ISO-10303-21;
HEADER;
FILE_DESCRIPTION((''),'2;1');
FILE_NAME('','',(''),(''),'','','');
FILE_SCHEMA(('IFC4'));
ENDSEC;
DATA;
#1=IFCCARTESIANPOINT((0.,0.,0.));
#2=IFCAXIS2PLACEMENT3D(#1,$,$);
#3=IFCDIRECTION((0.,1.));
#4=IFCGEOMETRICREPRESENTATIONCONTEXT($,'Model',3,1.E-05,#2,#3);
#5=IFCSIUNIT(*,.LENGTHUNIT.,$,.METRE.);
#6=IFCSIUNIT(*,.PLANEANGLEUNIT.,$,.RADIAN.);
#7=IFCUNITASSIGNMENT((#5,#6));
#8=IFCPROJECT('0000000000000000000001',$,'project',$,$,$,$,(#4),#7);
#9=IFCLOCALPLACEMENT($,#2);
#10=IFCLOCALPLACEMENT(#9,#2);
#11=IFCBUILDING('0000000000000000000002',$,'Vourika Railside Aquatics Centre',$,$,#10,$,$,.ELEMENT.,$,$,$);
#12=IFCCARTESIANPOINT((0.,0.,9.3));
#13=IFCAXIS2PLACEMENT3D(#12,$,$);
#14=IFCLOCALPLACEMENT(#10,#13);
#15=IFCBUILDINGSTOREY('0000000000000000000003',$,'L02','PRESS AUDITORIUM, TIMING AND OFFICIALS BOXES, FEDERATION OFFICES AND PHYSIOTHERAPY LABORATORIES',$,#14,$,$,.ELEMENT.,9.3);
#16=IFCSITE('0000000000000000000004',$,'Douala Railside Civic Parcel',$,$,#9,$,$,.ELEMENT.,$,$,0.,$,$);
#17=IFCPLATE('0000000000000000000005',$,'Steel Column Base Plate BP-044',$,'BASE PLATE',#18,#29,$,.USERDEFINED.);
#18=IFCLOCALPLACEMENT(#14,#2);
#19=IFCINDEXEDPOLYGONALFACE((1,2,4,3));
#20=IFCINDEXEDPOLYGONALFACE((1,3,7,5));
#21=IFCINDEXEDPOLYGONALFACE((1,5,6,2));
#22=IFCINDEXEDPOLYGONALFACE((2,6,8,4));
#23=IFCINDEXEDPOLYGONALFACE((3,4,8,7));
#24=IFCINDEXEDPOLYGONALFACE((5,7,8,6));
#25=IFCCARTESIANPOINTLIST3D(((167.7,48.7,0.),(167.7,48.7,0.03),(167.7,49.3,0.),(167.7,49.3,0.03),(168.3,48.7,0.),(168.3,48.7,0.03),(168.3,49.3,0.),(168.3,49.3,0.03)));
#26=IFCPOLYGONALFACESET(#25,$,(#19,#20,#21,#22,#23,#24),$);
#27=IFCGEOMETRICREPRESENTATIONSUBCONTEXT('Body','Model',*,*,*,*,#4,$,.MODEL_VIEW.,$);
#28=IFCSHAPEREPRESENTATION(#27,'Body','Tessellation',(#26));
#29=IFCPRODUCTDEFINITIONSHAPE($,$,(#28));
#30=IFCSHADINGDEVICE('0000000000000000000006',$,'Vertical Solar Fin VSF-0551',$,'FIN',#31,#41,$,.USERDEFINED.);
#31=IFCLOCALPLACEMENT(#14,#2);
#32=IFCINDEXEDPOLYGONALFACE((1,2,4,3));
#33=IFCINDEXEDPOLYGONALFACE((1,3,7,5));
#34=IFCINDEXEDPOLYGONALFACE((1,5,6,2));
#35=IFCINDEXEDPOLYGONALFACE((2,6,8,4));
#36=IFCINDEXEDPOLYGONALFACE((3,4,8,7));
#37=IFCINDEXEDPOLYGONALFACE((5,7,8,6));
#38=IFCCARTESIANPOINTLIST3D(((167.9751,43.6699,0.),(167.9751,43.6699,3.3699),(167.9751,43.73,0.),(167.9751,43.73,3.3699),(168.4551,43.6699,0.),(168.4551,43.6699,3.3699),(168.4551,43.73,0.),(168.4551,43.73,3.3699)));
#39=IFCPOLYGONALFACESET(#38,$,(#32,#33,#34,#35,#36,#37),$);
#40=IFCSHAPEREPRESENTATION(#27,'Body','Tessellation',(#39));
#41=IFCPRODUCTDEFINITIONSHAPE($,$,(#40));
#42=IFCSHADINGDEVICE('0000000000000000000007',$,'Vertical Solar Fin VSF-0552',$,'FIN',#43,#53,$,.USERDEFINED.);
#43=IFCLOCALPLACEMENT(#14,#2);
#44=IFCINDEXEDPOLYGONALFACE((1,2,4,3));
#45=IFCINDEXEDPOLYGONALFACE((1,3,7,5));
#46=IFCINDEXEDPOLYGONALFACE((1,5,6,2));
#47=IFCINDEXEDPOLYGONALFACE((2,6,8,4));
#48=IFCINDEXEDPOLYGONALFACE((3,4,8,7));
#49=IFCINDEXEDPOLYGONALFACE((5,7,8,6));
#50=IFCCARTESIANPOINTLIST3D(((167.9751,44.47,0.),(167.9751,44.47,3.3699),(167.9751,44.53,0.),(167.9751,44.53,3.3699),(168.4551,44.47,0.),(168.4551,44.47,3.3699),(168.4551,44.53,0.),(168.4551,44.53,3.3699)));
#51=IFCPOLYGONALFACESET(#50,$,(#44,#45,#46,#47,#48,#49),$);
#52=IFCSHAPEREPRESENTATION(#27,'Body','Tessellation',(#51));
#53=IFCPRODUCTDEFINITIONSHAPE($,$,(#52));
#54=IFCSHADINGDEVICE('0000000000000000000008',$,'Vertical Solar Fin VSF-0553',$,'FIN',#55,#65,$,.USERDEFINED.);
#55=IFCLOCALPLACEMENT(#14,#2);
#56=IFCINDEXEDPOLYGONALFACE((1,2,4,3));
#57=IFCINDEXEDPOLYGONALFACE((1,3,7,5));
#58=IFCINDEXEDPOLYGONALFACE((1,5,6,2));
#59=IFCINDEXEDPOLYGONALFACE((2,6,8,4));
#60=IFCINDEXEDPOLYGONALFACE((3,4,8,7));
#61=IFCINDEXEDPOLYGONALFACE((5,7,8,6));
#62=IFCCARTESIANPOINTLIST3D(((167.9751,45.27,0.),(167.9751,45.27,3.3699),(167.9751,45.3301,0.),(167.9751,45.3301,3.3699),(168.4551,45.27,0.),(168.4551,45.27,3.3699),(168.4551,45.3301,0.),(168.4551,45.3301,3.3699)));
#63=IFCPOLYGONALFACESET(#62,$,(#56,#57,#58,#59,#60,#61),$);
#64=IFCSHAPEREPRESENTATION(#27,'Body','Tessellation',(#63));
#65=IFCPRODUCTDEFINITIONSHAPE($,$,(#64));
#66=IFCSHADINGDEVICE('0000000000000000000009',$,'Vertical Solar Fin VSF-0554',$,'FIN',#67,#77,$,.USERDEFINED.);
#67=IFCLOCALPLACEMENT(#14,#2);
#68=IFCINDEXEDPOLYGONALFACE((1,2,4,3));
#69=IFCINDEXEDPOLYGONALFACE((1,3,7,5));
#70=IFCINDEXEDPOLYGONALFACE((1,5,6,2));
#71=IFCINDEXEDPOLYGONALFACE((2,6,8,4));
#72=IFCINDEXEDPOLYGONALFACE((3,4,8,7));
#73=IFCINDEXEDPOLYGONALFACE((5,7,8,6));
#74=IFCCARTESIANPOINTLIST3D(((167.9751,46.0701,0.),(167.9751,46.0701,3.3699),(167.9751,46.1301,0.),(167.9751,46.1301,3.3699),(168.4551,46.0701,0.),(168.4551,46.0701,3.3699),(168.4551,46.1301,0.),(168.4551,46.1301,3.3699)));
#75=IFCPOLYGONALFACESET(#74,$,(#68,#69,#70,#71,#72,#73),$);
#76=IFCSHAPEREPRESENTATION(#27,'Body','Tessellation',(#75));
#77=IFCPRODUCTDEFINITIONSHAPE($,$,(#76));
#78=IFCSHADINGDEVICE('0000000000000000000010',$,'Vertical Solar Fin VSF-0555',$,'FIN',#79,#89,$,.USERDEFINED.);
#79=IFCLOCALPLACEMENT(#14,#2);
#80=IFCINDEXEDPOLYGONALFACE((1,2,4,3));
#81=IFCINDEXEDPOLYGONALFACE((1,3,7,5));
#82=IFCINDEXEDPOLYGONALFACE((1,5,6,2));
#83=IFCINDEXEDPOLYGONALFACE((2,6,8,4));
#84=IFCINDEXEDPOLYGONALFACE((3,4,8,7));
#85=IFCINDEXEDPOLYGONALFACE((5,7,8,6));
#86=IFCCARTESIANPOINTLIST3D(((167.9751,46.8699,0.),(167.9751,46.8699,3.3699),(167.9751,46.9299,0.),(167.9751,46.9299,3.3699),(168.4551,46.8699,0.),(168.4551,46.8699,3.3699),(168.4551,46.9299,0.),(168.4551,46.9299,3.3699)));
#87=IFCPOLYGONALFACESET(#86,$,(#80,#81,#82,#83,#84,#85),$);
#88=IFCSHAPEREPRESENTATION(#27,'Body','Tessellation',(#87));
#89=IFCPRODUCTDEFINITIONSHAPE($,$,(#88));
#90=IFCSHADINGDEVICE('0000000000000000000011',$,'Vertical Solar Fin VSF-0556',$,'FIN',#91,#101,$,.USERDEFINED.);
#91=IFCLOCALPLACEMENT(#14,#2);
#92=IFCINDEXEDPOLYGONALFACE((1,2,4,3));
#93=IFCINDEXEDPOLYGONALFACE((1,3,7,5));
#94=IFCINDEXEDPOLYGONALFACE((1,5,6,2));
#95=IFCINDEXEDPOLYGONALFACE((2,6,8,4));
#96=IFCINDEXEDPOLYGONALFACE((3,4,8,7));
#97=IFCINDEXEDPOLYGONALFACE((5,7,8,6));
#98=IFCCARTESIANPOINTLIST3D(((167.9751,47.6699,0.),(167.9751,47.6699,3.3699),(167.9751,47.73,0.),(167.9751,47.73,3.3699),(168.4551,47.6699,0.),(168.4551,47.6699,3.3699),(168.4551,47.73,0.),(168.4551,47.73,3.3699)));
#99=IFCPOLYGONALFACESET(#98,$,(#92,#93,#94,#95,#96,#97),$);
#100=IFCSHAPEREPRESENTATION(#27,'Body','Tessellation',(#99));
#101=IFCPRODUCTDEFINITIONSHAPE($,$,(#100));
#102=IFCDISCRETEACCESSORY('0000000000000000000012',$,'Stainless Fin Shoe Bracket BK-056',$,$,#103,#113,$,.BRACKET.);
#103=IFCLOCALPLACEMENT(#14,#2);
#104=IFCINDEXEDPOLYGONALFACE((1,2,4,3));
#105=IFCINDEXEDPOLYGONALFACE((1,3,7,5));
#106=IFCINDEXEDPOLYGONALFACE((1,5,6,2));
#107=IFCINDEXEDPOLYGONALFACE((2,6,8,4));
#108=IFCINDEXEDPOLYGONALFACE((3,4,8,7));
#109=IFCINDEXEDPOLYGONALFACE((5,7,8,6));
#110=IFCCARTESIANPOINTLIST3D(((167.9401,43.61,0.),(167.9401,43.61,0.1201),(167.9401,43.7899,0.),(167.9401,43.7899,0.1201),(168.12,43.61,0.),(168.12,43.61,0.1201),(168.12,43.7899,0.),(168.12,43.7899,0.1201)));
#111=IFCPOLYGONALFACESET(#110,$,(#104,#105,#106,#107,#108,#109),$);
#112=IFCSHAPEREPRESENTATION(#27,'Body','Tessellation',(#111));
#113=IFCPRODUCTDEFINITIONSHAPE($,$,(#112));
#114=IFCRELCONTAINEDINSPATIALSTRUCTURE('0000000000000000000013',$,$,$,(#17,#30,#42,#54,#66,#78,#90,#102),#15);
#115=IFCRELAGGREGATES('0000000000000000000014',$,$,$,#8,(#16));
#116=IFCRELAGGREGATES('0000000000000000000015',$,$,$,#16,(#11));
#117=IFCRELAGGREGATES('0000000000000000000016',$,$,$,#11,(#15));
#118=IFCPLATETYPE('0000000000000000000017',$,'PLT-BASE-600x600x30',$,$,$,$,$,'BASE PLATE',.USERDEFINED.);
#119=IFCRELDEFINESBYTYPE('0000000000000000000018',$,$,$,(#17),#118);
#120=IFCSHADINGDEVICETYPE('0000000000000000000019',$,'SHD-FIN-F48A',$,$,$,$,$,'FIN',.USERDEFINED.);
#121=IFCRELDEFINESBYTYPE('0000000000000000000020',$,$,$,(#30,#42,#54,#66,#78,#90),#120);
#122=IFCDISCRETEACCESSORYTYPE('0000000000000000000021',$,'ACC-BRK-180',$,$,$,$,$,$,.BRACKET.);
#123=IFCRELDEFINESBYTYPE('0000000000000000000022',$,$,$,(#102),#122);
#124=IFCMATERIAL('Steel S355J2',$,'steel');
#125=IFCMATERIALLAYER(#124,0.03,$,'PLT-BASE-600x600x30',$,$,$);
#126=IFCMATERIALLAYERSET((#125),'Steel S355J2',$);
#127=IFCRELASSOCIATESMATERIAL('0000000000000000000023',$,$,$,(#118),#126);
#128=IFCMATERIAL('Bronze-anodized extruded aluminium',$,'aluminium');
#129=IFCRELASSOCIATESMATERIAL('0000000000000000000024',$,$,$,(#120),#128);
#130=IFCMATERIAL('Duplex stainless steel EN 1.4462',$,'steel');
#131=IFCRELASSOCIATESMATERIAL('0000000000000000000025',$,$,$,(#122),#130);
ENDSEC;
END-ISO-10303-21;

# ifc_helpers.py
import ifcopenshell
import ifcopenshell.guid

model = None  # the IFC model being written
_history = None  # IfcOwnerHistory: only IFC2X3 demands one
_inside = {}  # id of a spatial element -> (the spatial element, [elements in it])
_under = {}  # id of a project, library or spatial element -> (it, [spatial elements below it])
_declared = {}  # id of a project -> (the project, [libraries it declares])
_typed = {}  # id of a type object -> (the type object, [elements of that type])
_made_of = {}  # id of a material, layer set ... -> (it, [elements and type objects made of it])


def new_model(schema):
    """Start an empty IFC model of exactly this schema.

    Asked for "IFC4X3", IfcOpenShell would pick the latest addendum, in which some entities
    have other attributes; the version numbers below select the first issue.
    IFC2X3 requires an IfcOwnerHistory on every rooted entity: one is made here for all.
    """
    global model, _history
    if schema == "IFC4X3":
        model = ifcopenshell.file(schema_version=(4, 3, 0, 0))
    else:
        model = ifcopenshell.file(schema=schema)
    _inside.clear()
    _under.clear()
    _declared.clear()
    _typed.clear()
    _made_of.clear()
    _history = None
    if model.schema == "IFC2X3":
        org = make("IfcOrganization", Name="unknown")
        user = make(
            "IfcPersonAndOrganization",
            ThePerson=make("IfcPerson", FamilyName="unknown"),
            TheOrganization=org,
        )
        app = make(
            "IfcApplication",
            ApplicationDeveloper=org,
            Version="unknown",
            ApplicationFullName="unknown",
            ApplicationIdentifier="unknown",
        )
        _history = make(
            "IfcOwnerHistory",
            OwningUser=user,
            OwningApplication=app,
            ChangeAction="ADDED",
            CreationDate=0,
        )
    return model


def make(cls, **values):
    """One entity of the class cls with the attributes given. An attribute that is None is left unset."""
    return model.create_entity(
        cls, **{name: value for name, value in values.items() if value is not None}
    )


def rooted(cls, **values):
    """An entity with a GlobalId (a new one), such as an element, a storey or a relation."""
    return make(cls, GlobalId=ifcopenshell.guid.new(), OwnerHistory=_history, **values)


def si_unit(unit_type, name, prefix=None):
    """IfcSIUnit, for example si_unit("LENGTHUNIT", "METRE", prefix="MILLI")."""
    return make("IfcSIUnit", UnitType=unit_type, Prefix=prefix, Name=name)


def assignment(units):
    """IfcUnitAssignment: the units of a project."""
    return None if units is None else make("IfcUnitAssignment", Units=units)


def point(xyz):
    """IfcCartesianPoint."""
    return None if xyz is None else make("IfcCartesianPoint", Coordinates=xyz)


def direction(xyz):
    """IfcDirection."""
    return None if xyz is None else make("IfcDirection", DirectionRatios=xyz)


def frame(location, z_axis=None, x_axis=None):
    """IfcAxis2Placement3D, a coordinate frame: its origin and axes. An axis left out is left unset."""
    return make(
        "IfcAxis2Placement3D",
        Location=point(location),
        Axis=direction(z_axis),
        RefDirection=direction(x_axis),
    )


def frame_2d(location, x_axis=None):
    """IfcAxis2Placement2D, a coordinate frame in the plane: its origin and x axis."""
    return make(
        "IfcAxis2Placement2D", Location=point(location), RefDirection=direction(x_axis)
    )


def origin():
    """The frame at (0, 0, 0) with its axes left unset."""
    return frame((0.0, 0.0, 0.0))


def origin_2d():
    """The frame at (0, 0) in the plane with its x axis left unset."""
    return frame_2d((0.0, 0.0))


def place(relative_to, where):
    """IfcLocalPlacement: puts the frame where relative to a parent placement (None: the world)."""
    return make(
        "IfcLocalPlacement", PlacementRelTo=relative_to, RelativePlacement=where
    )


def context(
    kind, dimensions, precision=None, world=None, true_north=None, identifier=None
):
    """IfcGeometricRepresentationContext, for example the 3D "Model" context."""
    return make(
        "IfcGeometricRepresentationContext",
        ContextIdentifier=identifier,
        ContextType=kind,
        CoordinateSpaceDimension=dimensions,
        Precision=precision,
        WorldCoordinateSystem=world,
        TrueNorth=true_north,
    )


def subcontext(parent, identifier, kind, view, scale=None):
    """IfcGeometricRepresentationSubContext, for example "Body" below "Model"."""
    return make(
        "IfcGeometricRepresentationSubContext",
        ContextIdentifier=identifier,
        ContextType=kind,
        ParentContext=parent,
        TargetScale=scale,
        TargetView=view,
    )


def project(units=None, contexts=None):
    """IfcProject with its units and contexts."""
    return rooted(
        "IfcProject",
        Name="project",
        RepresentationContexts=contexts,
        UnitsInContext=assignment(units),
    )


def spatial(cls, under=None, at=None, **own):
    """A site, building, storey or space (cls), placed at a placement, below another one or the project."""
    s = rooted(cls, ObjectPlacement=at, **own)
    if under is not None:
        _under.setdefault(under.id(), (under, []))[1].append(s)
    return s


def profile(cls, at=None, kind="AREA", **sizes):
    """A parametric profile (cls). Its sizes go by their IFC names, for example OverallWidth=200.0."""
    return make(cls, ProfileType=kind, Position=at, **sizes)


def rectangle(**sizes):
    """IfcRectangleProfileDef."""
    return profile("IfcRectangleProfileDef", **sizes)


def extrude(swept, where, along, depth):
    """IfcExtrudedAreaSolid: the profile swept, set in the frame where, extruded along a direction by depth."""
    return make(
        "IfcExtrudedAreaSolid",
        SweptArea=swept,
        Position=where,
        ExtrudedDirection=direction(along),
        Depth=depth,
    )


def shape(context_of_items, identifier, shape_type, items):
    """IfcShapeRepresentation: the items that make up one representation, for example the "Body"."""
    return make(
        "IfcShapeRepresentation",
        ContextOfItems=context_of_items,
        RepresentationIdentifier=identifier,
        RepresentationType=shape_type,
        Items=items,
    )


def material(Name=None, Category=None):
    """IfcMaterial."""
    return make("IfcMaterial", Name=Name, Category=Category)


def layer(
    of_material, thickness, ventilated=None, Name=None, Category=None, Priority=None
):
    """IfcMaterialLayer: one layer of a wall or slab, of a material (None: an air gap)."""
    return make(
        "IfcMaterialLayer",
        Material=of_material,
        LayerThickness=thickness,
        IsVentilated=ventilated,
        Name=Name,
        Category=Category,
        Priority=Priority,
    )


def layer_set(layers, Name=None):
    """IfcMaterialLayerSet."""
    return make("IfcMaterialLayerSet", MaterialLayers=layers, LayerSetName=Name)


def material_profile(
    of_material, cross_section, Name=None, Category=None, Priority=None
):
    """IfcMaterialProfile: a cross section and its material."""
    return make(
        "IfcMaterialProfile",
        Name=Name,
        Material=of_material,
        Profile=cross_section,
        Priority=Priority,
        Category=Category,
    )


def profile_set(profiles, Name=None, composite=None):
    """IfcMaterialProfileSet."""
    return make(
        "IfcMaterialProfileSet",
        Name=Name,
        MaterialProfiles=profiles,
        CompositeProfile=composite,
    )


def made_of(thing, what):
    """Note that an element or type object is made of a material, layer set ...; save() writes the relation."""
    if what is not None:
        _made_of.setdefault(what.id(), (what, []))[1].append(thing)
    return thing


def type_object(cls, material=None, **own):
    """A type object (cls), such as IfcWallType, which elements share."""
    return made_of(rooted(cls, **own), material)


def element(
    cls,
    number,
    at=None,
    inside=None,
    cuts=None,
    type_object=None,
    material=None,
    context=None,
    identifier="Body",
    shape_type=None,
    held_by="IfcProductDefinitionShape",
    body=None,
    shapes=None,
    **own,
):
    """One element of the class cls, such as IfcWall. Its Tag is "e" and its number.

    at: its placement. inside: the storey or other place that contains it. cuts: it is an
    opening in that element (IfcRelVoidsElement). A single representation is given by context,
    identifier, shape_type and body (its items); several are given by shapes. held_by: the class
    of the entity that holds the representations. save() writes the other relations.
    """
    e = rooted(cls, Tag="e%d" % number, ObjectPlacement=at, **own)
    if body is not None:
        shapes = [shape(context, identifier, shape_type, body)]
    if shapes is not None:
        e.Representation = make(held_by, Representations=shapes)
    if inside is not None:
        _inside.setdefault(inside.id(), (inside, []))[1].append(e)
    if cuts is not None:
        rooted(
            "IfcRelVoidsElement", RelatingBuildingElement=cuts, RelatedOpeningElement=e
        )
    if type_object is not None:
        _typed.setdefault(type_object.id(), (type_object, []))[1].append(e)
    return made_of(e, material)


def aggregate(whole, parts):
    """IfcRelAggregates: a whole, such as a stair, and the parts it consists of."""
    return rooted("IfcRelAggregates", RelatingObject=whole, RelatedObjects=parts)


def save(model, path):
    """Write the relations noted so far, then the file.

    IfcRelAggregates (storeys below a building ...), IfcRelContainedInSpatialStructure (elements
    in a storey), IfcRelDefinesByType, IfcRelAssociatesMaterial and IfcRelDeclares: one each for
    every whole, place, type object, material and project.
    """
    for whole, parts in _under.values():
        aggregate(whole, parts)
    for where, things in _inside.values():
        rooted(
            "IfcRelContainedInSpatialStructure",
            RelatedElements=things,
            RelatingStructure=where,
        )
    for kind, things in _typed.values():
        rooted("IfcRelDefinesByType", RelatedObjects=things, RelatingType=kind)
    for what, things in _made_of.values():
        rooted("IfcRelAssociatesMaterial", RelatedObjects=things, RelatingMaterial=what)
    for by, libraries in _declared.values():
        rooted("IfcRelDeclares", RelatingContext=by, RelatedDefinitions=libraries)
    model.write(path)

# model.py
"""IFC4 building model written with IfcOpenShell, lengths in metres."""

from ifc_helpers import new_model, si_unit, direction, frame, origin, origin_2d, place, context, subcontext, project, spatial, rectangle, extrude, material, layer, layer_set, material_profile, profile_set, type_object, element, save


model = new_model("IFC4")

# Units and contexts
model_context = context("Model", 3, precision=1e-05, world=origin(), true_north=direction((0.0, 1.0)))
body_context = subcontext(model_context, "Body", "Model", "MODEL_VIEW")
ifc_project = project(units=[si_unit("LENGTHUNIT", "METRE"), si_unit("PLANEANGLEUNIT", "RADIAN")], contexts=[model_context])

# Site, building, storey
site_placement = place(None, origin())
site = spatial("IfcSite", under=ifc_project, at=site_placement, Name="Douala Railside Civic Parcel", CompositionType="ELEMENT", RefElevation=0.0)
building_placement = place(site_placement, origin())
building = spatial("IfcBuilding", under=site, at=building_placement, Name="Vourika Railside Aquatics Centre", CompositionType="ELEMENT")
storey_placement = place(building_placement, frame((0.0, 0.0, 9.3)))
storey = spatial("IfcBuildingStorey", under=building, at=storey_placement, Name="L02", Description="PRESS AUDITORIUM, TIMING AND OFFICIALS BOXES, FEDERATION OFFICES AND PHYSIOTHERAPY LABORATORIES", CompositionType="ELEMENT", Elevation=9.3)

# Shared definitions
ifc_material_1 = material(Name="Steel S355J2", Category="steel")

# Plate
ifc_layer_1 = layer(ifc_material_1, 0.03, Name="PLT-BASE-600x600x30")
ifc_layer_set_1 = layer_set([ifc_layer_1], Name="Steel S355J2")
plate_type_1 = type_object("IfcPlateType", Name="PLT-BASE-600x600x30", ElementType="BASE PLATE", PredefinedType="USERDEFINED", material=ifc_layer_set_1)
plate_1_placement = place(storey_placement, frame((168.0, 49.0, 0.0), z_axis=(0.0, 0.0, 1.0), x_axis=(1.0, 0.0, 0.0)))
element("IfcPlate", 1, at=plate_1_placement, inside=storey, type_object=plate_type_1, Name="Steel Column Base Plate BP-044", ObjectType="BASE PLATE", PredefinedType="USERDEFINED", context=body_context, shape_type="SweptSolid", body=[
    extrude(rectangle(XDim=0.6001, YDim=0.6001, at=origin_2d()), origin(), (0.0, 0.0, 1.0), 0.03),
])

# Shading devices
ifc_material_2 = material(Name="Bronze-anodized extruded aluminium", Category="aluminium")
ifc_material_profile_1 = material_profile(ifc_material_2, rectangle(XDim=0.0601, YDim=0.48, at=origin_2d()), Name="ALU-FIN 60x480")
ifc_profile_set_1 = profile_set([ifc_material_profile_1], Name="Bronze-anodized extruded aluminium")
shading_device_type = type_object("IfcShadingDeviceType", Name="SHD-FIN-F48A", ElementType="FIN", PredefinedType="USERDEFINED", material=ifc_profile_set_1)
for number, where, z_axis, x_axis, name in (
    (2, (168.2151, 43.7, 0.0), (0.0, 0.0, 1.0), (0.0, -1.0, 0.0), "Vertical Solar Fin VSF-0551"),
    (3, (168.2151, 44.5, 0.0), (0.0, 0.0, 1.0), (0.0, -1.0, 0.0), "Vertical Solar Fin VSF-0552"),
    (4, (168.2151, 45.3, 0.0), (0.0, 0.0, 1.0), (0.0, -1.0, 0.0), "Vertical Solar Fin VSF-0553"),
    (5, (168.2151, 46.1001, 0.0), (0.0, 0.0, 1.0), (0.0, -1.0, 0.0), "Vertical Solar Fin VSF-0554"),
    (6, (168.2151, 46.8999, 0.0), (0.0, 0.0, 1.0), (0.0, -1.0, 0.0), "Vertical Solar Fin VSF-0555"),
    (7, (168.2151, 47.7, 0.0), (0.0, 0.0, 1.0), (0.0, -1.0, 0.0), "Vertical Solar Fin VSF-0556"),
):
    element("IfcShadingDevice", number, at=place(storey_placement, frame(where, z_axis=z_axis, x_axis=x_axis)), inside=storey, type_object=shading_device_type, Name=name, ObjectType="FIN", PredefinedType="USERDEFINED", context=body_context, shape_type="SweptSolid", body=[
        extrude(rectangle(XDim=0.0601, YDim=0.48, at=origin_2d()), origin(), (0.0, 0.0, 1.0), 3.3699),
    ])

# Discrete accessory
ifc_material_3 = material(Name="Duplex stainless steel EN 1.4462", Category="steel")
discrete_accessory_type = type_object("IfcDiscreteAccessoryType", Name="ACC-BRK-180", PredefinedType="BRACKET", material=ifc_material_3)
discrete_accessory_placement = place(storey_placement, frame((168.03, 43.7, 0.0), z_axis=(0.0, 0.0, 1.0), x_axis=(1.0, 0.0, 0.0)))
element("IfcDiscreteAccessory", 8, at=discrete_accessory_placement, inside=storey, type_object=discrete_accessory_type, Name="Stainless Fin Shoe Bracket BK-056", PredefinedType="BRACKET", context=body_context, shape_type="SweptSolid", body=[
    extrude(rectangle(XDim=0.1799, YDim=0.1799, at=origin_2d()), origin(), (0.0, 0.0, 1.0), 0.1201),
])

save(model, "model.ifc")
